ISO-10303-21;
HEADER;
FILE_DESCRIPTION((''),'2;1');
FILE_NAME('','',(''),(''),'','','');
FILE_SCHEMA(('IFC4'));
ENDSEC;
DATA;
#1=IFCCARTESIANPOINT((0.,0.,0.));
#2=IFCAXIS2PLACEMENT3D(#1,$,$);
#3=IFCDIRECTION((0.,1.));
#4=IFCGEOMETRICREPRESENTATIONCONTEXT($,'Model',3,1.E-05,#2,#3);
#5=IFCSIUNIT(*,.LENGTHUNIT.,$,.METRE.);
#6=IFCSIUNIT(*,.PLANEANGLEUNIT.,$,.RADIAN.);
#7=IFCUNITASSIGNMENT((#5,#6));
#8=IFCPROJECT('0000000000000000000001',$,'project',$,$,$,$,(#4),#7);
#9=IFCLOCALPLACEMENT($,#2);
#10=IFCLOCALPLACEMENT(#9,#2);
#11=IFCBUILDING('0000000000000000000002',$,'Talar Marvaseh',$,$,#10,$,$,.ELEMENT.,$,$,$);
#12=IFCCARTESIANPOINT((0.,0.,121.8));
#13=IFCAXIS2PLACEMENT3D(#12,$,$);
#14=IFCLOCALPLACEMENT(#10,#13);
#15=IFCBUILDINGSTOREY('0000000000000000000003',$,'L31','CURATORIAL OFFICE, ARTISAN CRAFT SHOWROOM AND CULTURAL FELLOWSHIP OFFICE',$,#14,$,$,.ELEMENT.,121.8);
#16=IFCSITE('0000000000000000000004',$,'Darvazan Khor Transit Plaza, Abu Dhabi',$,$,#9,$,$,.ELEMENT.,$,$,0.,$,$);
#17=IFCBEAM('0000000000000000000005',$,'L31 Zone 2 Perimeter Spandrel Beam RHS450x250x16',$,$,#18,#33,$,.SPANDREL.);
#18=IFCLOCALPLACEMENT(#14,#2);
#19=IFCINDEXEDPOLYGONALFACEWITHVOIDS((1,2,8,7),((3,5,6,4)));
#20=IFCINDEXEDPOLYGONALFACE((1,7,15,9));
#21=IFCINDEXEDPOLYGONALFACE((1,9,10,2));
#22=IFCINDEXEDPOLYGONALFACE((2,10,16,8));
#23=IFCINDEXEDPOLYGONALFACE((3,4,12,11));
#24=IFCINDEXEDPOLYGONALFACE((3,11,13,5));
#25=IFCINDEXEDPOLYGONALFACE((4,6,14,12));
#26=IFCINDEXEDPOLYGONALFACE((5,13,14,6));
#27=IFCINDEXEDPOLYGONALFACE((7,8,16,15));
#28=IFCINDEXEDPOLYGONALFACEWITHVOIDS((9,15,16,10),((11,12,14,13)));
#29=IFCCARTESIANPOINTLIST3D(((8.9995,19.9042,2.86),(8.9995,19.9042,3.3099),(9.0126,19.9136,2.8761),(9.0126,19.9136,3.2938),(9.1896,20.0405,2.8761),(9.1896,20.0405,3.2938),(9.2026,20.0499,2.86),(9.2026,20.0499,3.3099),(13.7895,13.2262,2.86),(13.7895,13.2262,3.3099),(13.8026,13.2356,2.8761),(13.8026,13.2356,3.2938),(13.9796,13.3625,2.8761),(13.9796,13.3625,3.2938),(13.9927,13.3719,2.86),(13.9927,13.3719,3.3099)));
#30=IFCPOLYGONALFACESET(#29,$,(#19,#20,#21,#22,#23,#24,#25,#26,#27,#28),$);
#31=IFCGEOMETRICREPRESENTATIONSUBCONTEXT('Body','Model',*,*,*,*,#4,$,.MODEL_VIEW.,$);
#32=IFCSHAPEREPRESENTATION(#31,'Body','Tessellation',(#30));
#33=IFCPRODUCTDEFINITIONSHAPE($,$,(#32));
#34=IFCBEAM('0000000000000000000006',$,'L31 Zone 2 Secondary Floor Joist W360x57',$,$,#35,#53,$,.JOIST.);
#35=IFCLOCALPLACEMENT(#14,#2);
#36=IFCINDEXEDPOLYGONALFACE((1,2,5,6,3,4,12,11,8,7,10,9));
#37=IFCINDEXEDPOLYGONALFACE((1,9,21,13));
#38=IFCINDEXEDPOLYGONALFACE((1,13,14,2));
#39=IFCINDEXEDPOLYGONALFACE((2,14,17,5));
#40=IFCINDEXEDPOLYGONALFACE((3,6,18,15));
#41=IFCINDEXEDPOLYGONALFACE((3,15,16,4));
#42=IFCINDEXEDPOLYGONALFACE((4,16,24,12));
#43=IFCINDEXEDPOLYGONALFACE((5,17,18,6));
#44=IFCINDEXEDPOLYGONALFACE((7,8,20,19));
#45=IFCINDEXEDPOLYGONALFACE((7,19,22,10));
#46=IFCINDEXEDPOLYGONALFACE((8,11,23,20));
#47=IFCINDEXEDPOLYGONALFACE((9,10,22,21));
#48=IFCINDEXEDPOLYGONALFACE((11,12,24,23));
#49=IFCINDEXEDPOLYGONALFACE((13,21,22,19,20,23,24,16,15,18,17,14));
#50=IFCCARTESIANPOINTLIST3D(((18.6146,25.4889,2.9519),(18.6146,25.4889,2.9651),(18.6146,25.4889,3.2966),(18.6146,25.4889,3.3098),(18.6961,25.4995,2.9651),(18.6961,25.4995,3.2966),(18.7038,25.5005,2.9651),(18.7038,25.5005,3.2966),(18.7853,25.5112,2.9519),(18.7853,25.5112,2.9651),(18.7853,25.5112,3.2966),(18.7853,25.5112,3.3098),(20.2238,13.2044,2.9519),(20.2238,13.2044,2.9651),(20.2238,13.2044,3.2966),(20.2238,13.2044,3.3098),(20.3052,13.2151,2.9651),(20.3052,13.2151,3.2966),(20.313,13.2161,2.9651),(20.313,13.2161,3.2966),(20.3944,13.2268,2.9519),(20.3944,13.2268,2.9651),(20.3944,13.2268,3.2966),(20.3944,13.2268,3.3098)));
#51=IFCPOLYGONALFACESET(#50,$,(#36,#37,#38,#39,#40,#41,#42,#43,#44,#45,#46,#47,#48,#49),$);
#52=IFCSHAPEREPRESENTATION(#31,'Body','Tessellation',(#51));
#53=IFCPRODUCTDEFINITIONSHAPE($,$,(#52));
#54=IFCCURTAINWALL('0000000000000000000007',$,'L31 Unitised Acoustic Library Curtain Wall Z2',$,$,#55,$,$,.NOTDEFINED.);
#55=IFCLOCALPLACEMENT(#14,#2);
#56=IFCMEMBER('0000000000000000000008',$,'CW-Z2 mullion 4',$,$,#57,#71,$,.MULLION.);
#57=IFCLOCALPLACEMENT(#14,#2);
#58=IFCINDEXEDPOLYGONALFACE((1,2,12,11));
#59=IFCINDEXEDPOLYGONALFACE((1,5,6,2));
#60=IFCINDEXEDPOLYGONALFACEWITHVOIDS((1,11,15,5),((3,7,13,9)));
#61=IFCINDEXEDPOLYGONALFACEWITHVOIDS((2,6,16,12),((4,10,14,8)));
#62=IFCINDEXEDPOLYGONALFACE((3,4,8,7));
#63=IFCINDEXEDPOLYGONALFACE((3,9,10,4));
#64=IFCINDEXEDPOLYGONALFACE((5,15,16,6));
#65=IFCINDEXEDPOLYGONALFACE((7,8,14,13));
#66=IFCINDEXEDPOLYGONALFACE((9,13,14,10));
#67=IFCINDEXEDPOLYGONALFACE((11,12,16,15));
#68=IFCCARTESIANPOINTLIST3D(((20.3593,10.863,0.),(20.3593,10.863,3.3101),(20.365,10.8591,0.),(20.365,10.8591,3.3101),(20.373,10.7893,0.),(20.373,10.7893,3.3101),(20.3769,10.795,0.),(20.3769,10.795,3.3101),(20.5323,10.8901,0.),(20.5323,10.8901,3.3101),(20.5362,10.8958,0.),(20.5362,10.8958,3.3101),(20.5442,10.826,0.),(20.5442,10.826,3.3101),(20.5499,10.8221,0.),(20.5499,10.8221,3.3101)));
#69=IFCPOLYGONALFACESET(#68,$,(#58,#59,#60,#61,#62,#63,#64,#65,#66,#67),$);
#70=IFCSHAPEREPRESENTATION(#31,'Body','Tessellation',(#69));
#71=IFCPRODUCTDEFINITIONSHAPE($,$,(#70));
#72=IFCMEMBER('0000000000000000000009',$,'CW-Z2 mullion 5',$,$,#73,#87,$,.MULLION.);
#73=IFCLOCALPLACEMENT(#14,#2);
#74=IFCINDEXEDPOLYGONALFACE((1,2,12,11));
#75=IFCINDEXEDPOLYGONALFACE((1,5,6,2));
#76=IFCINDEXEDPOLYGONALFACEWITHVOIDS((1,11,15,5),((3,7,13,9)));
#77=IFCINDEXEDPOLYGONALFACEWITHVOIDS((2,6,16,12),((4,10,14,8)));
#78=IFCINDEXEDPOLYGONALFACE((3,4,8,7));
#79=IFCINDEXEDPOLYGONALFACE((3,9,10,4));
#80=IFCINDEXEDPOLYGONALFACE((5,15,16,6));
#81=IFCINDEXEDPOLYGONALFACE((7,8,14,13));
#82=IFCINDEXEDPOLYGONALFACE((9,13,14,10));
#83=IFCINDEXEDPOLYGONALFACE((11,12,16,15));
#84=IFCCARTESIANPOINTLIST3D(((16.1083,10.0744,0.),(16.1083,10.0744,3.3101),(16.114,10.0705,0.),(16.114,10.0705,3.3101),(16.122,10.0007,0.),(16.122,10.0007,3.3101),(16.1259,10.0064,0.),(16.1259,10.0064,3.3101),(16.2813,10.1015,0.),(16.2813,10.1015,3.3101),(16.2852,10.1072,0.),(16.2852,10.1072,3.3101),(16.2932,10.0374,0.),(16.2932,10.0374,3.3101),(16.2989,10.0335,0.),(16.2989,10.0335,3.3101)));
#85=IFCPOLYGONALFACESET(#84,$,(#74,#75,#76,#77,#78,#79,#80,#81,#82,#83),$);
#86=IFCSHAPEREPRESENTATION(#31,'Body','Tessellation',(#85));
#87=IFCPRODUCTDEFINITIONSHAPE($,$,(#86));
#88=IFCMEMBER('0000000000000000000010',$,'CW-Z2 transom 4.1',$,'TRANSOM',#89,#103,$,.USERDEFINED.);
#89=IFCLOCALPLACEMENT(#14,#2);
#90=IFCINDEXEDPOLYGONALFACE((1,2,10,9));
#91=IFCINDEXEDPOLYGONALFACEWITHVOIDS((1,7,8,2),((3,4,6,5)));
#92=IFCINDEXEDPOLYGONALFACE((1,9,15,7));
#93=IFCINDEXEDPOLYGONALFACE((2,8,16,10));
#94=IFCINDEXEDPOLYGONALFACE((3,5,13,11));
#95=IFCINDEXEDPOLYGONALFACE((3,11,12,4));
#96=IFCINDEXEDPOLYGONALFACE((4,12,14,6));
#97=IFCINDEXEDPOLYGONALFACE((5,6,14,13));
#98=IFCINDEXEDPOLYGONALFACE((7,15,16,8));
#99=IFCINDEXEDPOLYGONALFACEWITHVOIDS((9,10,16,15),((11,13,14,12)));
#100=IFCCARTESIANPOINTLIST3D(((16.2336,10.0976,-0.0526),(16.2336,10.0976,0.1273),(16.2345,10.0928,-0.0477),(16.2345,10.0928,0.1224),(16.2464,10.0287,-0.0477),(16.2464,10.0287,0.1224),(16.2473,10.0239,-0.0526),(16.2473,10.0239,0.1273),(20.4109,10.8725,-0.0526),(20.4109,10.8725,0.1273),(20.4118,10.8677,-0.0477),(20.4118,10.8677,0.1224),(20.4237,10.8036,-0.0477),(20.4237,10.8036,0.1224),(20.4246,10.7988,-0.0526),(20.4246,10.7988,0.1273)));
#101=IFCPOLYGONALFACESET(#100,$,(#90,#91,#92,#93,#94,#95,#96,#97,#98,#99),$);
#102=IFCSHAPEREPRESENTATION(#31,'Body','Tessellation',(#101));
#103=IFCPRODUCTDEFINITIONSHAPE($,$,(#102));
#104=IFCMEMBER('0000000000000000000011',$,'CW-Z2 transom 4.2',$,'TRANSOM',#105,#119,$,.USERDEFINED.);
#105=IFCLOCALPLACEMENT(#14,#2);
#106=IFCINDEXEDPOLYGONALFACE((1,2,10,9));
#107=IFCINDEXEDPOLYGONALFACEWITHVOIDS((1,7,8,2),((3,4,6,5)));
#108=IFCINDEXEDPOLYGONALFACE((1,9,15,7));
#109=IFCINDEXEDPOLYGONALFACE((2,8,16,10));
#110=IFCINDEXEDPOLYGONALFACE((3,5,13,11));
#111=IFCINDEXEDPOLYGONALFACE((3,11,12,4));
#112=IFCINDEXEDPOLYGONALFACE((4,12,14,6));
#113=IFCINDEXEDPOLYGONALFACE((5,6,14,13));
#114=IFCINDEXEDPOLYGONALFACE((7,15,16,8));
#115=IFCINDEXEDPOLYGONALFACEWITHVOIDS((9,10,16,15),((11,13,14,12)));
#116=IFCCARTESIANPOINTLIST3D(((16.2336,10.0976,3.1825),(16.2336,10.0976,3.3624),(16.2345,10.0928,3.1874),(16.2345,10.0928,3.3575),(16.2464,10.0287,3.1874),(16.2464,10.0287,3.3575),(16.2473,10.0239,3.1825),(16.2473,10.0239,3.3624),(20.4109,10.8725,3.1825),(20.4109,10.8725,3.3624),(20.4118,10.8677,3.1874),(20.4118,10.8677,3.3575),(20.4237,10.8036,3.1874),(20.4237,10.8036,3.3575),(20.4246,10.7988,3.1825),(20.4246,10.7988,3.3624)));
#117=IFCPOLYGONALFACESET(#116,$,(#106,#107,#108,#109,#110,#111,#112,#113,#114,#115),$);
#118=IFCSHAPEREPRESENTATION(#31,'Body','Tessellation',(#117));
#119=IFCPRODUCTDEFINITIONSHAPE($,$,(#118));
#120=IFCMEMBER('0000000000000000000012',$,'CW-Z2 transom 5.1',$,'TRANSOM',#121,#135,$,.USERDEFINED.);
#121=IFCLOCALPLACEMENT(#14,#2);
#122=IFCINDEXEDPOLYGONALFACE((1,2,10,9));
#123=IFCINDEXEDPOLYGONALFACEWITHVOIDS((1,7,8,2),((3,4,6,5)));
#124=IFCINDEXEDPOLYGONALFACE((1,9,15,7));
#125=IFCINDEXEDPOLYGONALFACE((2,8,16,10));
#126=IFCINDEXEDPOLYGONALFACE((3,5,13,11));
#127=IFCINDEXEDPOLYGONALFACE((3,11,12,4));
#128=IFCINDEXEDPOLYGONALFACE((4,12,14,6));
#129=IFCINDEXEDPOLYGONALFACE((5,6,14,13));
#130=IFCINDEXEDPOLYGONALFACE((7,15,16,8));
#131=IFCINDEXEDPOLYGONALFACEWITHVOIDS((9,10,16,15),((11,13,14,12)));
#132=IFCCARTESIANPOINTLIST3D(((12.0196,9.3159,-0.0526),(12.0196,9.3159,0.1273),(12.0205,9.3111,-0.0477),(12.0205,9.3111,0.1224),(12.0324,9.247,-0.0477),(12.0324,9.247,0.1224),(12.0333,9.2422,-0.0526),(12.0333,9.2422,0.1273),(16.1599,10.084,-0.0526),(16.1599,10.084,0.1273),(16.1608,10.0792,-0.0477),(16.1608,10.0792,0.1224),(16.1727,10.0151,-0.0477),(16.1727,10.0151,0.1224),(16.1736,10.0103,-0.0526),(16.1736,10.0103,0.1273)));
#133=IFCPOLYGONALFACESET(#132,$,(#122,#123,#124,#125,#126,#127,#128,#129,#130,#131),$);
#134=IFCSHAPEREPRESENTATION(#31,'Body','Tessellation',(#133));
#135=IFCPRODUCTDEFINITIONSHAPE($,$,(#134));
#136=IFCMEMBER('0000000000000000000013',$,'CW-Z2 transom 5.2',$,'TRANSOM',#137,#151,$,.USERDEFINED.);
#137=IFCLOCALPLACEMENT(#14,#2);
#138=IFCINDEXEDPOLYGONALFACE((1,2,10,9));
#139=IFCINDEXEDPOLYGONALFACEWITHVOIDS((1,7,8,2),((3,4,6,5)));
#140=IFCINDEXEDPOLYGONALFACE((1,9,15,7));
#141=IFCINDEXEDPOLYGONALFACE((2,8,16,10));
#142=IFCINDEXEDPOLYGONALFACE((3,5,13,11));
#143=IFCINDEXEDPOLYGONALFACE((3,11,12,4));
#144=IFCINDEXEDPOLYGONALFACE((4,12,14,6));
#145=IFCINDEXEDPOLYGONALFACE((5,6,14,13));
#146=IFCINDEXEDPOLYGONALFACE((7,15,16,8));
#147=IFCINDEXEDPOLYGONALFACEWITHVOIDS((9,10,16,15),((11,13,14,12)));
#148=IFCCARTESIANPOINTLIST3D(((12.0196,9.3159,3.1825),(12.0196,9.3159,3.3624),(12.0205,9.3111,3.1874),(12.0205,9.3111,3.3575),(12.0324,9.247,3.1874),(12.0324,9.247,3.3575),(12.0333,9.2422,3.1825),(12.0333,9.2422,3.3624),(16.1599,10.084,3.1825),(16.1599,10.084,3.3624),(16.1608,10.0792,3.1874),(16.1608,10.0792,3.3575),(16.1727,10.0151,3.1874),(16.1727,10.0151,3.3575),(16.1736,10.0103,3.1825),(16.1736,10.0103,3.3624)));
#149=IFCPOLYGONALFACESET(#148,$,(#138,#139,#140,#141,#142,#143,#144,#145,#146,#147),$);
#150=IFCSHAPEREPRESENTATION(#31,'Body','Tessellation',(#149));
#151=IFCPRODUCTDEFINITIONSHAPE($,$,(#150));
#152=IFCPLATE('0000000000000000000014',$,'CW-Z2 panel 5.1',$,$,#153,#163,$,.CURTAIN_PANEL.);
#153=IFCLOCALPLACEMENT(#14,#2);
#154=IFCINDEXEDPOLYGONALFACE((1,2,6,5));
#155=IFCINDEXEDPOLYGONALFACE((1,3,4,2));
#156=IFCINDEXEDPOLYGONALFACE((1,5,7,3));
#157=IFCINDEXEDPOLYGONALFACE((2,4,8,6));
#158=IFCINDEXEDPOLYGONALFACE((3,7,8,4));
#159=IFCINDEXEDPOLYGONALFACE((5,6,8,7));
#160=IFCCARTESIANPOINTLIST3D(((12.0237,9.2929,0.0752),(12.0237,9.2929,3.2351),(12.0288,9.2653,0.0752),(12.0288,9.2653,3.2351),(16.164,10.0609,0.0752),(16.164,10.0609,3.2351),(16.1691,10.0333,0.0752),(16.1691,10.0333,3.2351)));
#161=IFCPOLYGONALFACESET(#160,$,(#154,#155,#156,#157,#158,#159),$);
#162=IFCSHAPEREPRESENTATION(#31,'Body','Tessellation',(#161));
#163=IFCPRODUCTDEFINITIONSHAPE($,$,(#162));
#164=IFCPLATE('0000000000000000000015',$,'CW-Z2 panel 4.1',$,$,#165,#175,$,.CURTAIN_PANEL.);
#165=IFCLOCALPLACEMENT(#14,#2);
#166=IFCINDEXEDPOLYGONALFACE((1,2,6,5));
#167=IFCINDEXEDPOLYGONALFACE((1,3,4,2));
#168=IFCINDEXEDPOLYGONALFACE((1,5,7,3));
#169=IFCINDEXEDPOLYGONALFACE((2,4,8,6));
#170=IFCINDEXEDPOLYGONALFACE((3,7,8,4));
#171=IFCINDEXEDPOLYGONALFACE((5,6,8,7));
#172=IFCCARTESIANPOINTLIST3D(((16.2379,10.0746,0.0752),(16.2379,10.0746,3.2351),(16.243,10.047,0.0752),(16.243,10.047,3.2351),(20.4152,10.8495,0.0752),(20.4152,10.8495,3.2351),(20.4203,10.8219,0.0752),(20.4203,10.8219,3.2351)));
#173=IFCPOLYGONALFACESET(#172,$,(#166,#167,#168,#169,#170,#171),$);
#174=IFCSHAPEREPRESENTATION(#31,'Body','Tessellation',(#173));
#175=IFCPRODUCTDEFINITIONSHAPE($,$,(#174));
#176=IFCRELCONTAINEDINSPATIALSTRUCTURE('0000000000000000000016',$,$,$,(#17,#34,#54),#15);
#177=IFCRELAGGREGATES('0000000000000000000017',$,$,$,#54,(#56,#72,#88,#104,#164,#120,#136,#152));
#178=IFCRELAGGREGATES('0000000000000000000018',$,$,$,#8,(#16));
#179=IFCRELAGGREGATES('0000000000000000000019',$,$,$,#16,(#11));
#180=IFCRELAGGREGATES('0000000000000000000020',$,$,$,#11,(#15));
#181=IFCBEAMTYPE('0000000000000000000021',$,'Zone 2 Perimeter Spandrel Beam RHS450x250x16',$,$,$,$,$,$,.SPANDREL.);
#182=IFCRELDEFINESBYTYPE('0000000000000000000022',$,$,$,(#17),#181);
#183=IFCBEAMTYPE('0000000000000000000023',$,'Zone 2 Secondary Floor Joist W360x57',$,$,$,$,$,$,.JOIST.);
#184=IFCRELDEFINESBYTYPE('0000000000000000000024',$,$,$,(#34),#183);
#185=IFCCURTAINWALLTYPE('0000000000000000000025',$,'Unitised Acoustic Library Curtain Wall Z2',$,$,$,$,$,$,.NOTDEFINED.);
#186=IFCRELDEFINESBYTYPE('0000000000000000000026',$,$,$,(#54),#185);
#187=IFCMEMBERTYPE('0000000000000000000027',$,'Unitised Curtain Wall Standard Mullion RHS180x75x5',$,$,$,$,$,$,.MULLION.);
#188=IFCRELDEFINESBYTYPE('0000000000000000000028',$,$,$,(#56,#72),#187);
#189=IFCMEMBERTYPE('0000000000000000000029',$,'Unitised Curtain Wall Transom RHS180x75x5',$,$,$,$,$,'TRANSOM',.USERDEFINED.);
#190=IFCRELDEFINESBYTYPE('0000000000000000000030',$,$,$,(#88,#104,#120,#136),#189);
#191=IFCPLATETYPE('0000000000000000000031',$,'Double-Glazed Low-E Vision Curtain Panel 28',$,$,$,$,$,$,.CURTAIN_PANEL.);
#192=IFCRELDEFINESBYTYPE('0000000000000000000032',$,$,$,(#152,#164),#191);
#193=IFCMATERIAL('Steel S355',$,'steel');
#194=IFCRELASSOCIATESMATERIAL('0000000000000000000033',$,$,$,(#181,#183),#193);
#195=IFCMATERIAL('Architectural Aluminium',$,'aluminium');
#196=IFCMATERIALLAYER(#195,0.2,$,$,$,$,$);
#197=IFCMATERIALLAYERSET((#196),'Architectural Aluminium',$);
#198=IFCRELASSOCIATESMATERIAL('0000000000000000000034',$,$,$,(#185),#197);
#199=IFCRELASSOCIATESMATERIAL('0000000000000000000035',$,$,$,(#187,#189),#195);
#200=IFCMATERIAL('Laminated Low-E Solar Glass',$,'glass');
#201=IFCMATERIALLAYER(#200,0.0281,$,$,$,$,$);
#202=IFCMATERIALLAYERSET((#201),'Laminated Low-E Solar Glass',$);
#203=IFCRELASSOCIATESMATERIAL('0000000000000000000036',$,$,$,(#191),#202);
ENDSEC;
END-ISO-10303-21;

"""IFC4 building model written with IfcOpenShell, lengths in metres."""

from ifc_helpers import new_model, si_unit, direction, frame, origin, origin_2d, place, context, subcontext, project, spatial, rectangle, hollow_rectangle, i_section, extrude, source, transform, mapped, material, layer, layer_set, material_profile, profile_set, type_object, type_shapes, element, aggregate, save


model = new_model("IFC4")

# Units and contexts
model_context = context("Model", 3, precision=1e-05, world=origin(), true_north=direction((0.0, 1.0)))
body_context = subcontext(model_context, "Body", "Model", "MODEL_VIEW")
ifc_project = project(units=[si_unit("LENGTHUNIT", "METRE"), si_unit("PLANEANGLEUNIT", "RADIAN")], contexts=[model_context])

# Site, building, storey
site_placement = place(None, origin())
site = spatial("IfcSite", under=ifc_project, at=site_placement, Name="Darvazan Khor Transit Plaza, Abu Dhabi", CompositionType="ELEMENT", RefElevation=0.0)
building_placement = place(site_placement, origin())
building = spatial("IfcBuilding", under=site, at=building_placement, Name="Talar Marvaseh", CompositionType="ELEMENT")
storey_placement = place(building_placement, frame((0.0, 0.0, 121.8)))
storey = spatial("IfcBuildingStorey", under=building, at=storey_placement, Name="L31", Description="CURATORIAL OFFICE, ARTISAN CRAFT SHOWROOM AND CULTURAL FELLOWSHIP OFFICE", CompositionType="ELEMENT", Elevation=121.8)

# Beams
ifc_material_1 = material(Name="Steel S355", Category="steel")
ifc_material_profile_1 = material_profile(ifc_material_1, hollow_rectangle(XDim=0.25, YDim=0.45, WallThickness=0.0161, at=origin_2d()), Name="RHS450x250x16")
ifc_profile_set_1 = profile_set([ifc_material_profile_1], Name="Steel S355")
beam_type_1 = type_object("IfcBeamType", Name="Zone 2 Perimeter Spandrel Beam RHS450x250x16", PredefinedType="SPANDREL", material=ifc_profile_set_1)
beam_1_placement = place(storey_placement, frame((13.8911, 13.2991, 3.085), z_axis=(-0.582853, 0.812578, 0.0), x_axis=(-0.812578, -0.582853, 0.0)))
element("IfcBeam", 1, at=beam_1_placement, inside=storey, type_object=beam_type_1, Name="L31 Zone 2 Perimeter Spandrel Beam RHS450x250x16", PredefinedType="SPANDREL", context=body_context, shape_type="SweptSolid", body=[
    extrude(hollow_rectangle(XDim=0.25, YDim=0.45, WallThickness=0.0161, at=origin_2d()), origin(), (0.0, 0.0, 1.0), 8.2183),
])
ifc_material_profile_2 = material_profile(ifc_material_1, i_section(OverallWidth=0.1721, OverallDepth=0.3579, WebThickness=0.0078, FlangeThickness=0.0132, at=origin_2d()), Name="W360x57")
ifc_profile_set_2 = profile_set([ifc_material_profile_2], Name="Steel S355")
beam_type_2 = type_object("IfcBeamType", Name="Zone 2 Secondary Floor Joist W360x57", PredefinedType="JOIST", material=ifc_profile_set_2)
beam_2_placement = place(storey_placement, frame((20.3091, 13.2156, 3.1309), z_axis=(-0.12988, 0.99153, 0.0), x_axis=(-0.99153, -0.12988, 0.0)))
element("IfcBeam", 2, at=beam_2_placement, inside=storey, type_object=beam_type_2, Name="L31 Zone 2 Secondary Floor Joist W360x57", PredefinedType="JOIST", context=body_context, shape_type="SweptSolid", body=[
    extrude(i_section(OverallWidth=0.1721, OverallDepth=0.3579, WebThickness=0.0078, FlangeThickness=0.0132, at=origin_2d()), origin(), (0.0, 0.0, 1.0), 12.3894),
])

# Curtain wall, members, plates
ifc_material_2 = material(Name="Architectural Aluminium", Category="aluminium")
ifc_layer_1 = layer(ifc_material_2, 0.2)
ifc_layer_set_1 = layer_set([ifc_layer_1], Name="Architectural Aluminium")
curtain_wall_type = type_object("IfcCurtainWallType", Name="Unitised Acoustic Library Curtain Wall Z2", PredefinedType="NOTDEFINED", material=ifc_layer_set_1)
curtain_wall_placement = place(storey_placement, origin())
curtain_wall = element("IfcCurtainWall", 3, at=curtain_wall_placement, inside=storey, type_object=curtain_wall_type, Name="L31 Unitised Acoustic Library Curtain Wall Z2", PredefinedType="NOTDEFINED")
ifc_material_profile_3 = material_profile(ifc_material_2, hollow_rectangle(XDim=0.075, YDim=0.1799, WallThickness=0.0049, at=origin_2d()), Name="RHS180x75x5")
ifc_profile_set_3 = profile_set([ifc_material_profile_3], Name="Architectural Aluminium")
member_type_1 = type_object("IfcMemberType", Name="Unitised Curtain Wall Standard Mullion RHS180x75x5", PredefinedType="MULLION", material=ifc_profile_set_3)
shared_shape_1 = source(origin(), body_context, "Body", "SweptSolid", [
    extrude(hollow_rectangle(XDim=0.075, YDim=0.1799, WallThickness=0.0049, at=origin_2d()), origin(), (0.0, 0.0, 1.0), 3.3101),
])
type_shapes(member_type_1, [shared_shape_1])
member_1_placement = place(storey_placement, frame((20.4546, 10.8425, 0.0), z_axis=(0.0, 0.0, 1.0), x_axis=(0.182388, -0.983227, 0.0)))
member_1 = element("IfcMember", 4, at=member_1_placement, type_object=member_type_1, Name="CW-Z2 mullion 4", PredefinedType="MULLION", context=body_context, shape_type="MappedRepresentation", body=[
    mapped(shared_shape_1, transform((0.0, 0.0, 0.0), x_axis=(1.0, 0.0, 0.0), y_axis=(0.0, 1.0, 0.0), z_axis=(0.0, 0.0, 1.0), scale=1.0)),
])
member_2_placement = place(storey_placement, frame((16.2036, 10.054, 0.0), z_axis=(0.0, 0.0, 1.0), x_axis=(0.182388, -0.983227, 0.0)))
member_2 = element("IfcMember", 5, at=member_2_placement, type_object=member_type_1, Name="CW-Z2 mullion 5", PredefinedType="MULLION", context=body_context, shape_type="MappedRepresentation", body=[
    mapped(shared_shape_1, transform((0.0, 0.0, 0.0), x_axis=(1.0, 0.0, 0.0), y_axis=(0.0, 1.0, 0.0), z_axis=(0.0, 0.0, 1.0), scale=1.0)),
])
ifc_material_profile_4 = material_profile(ifc_material_2, hollow_rectangle(XDim=0.075, YDim=0.1799, WallThickness=0.0049, at=origin_2d()), Name="RHS180x75x5")
ifc_profile_set_4 = profile_set([ifc_material_profile_4], Name="Architectural Aluminium")
member_type_2 = type_object("IfcMemberType", Name="Unitised Curtain Wall Transom RHS180x75x5", ElementType="TRANSOM", PredefinedType="USERDEFINED", material=ifc_profile_set_4)
shared_shape_2 = source(origin(), body_context, "Body", "SweptSolid", [
    extrude(hollow_rectangle(XDim=0.075, YDim=0.1799, WallThickness=0.0049, at=origin_2d()), origin(), (0.0, 0.0, 1.0), 4.2485),
])
member_3_placement = place(storey_placement, frame((20.4177, 10.8357, 0.0374), z_axis=(-0.983226, -0.182394, 0.0), x_axis=(0.182394, -0.983226, 0.0)))
member_3 = element("IfcMember", 6, at=member_3_placement, type_object=member_type_2, Name="CW-Z2 transom 4.1", ObjectType="TRANSOM", PredefinedType="USERDEFINED", context=body_context, shape_type="MappedRepresentation", body=[
    mapped(shared_shape_2, transform((0.0, 0.0, 0.0), x_axis=(1.0, 0.0, 0.0), y_axis=(0.0, 1.0, 0.0), z_axis=(0.0, 0.0, 1.0), scale=1.0)),
])
member_4_placement = place(storey_placement, frame((20.4177, 10.8357, 3.2725), z_axis=(-0.983226, -0.182394, 0.0), x_axis=(0.182394, -0.983226, 0.0)))
member_4 = element("IfcMember", 7, at=member_4_placement, type_object=member_type_2, Name="CW-Z2 transom 4.2", ObjectType="TRANSOM", PredefinedType="USERDEFINED", context=body_context, shape_type="MappedRepresentation", body=[
    mapped(shared_shape_2, transform((0.0, 0.0, 0.0), x_axis=(1.0, 0.0, 0.0), y_axis=(0.0, 1.0, 0.0), z_axis=(0.0, 0.0, 1.0), scale=1.0)),
])
shared_shape_3 = source(origin(), body_context, "Body", "SweptSolid", [
    extrude(hollow_rectangle(XDim=0.075, YDim=0.1799, WallThickness=0.0049, at=origin_2d()), origin(), (0.0, 0.0, 1.0), 4.2109),
])
type_shapes(member_type_2, [shared_shape_2, shared_shape_3])
member_5_placement = place(storey_placement, frame((16.1667, 10.0471, 0.0374), z_axis=(-0.983225, -0.182394, 0.0), x_axis=(0.182394, -0.983225, 0.0)))
member_5 = element("IfcMember", 8, at=member_5_placement, type_object=member_type_2, Name="CW-Z2 transom 5.1", ObjectType="TRANSOM", PredefinedType="USERDEFINED", context=body_context, shape_type="MappedRepresentation", body=[
    mapped(shared_shape_3, transform((0.0, 0.0, 0.0), x_axis=(1.0, 0.0, 0.0), y_axis=(0.0, 1.0, 0.0), z_axis=(0.0, 0.0, 1.0), scale=1.0)),
])
member_6_placement = place(storey_placement, frame((16.1667, 10.0471, 3.2725), z_axis=(-0.983225, -0.182394, 0.0), x_axis=(0.182394, -0.983225, 0.0)))
member_6 = element("IfcMember", 9, at=member_6_placement, type_object=member_type_2, Name="CW-Z2 transom 5.2", ObjectType="TRANSOM", PredefinedType="USERDEFINED", context=body_context, shape_type="MappedRepresentation", body=[
    mapped(shared_shape_3, transform((0.0, 0.0, 0.0), x_axis=(1.0, 0.0, 0.0), y_axis=(0.0, 1.0, 0.0), z_axis=(0.0, 0.0, 1.0), scale=1.0)),
])
ifc_material_3 = material(Name="Laminated Low-E Solar Glass", Category="glass")
ifc_layer_2 = layer(ifc_material_3, 0.0281)
ifc_layer_set_2 = layer_set([ifc_layer_2], Name="Laminated Low-E Solar Glass")
plate_type = type_object("IfcPlateType", Name="Double-Glazed Low-E Vision Curtain Panel 28", PredefinedType="CURTAIN_PANEL", material=ifc_layer_set_2)
shared_shape_4 = source(origin(), body_context, "Body", "SweptSolid", [
    extrude(rectangle(XDim=4.2109, YDim=0.0281, at=origin_2d()), origin(), (0.0, 0.0, 1.0), 3.1599),
])
plate_1_placement = place(storey_placement, frame((14.0964, 9.6631, 0.0752), z_axis=(0.0, 0.0, 1.0), x_axis=(-0.983227, -0.182388, 0.0)))
plate_1 = element("IfcPlate", 10, at=plate_1_placement, type_object=plate_type, Name="CW-Z2 panel 5.1", PredefinedType="CURTAIN_PANEL", context=body_context, shape_type="MappedRepresentation", body=[
    mapped(shared_shape_4, transform((0.0, 0.0, 0.0), x_axis=(1.0, 0.0, 0.0), y_axis=(0.0, 1.0, 0.0), z_axis=(0.0, 0.0, 1.0), scale=1.0)),
])
shared_shape_5 = source(origin(), body_context, "Body", "SweptSolid", [
    extrude(rectangle(XDim=4.2485, YDim=0.0281, at=origin_2d()), origin(), (0.0, 0.0, 1.0), 3.1599),
])
type_shapes(plate_type, [shared_shape_4, shared_shape_5])
plate_2_placement = place(storey_placement, frame((18.3291, 10.4482, 0.0752), z_axis=(0.0, 0.0, 1.0), x_axis=(-0.983227, -0.182388, 0.0)))
plate_2 = element("IfcPlate", 11, at=plate_2_placement, type_object=plate_type, Name="CW-Z2 panel 4.1", PredefinedType="CURTAIN_PANEL", context=body_context, shape_type="MappedRepresentation", body=[
    mapped(shared_shape_5, transform((0.0, 0.0, 0.0), x_axis=(1.0, 0.0, 0.0), y_axis=(0.0, 1.0, 0.0), z_axis=(0.0, 0.0, 1.0), scale=1.0)),
])
aggregate(curtain_wall, [member_1, member_2, member_3, member_4, plate_2, member_5, member_6, plate_1])

save(model, "model.ifc")
